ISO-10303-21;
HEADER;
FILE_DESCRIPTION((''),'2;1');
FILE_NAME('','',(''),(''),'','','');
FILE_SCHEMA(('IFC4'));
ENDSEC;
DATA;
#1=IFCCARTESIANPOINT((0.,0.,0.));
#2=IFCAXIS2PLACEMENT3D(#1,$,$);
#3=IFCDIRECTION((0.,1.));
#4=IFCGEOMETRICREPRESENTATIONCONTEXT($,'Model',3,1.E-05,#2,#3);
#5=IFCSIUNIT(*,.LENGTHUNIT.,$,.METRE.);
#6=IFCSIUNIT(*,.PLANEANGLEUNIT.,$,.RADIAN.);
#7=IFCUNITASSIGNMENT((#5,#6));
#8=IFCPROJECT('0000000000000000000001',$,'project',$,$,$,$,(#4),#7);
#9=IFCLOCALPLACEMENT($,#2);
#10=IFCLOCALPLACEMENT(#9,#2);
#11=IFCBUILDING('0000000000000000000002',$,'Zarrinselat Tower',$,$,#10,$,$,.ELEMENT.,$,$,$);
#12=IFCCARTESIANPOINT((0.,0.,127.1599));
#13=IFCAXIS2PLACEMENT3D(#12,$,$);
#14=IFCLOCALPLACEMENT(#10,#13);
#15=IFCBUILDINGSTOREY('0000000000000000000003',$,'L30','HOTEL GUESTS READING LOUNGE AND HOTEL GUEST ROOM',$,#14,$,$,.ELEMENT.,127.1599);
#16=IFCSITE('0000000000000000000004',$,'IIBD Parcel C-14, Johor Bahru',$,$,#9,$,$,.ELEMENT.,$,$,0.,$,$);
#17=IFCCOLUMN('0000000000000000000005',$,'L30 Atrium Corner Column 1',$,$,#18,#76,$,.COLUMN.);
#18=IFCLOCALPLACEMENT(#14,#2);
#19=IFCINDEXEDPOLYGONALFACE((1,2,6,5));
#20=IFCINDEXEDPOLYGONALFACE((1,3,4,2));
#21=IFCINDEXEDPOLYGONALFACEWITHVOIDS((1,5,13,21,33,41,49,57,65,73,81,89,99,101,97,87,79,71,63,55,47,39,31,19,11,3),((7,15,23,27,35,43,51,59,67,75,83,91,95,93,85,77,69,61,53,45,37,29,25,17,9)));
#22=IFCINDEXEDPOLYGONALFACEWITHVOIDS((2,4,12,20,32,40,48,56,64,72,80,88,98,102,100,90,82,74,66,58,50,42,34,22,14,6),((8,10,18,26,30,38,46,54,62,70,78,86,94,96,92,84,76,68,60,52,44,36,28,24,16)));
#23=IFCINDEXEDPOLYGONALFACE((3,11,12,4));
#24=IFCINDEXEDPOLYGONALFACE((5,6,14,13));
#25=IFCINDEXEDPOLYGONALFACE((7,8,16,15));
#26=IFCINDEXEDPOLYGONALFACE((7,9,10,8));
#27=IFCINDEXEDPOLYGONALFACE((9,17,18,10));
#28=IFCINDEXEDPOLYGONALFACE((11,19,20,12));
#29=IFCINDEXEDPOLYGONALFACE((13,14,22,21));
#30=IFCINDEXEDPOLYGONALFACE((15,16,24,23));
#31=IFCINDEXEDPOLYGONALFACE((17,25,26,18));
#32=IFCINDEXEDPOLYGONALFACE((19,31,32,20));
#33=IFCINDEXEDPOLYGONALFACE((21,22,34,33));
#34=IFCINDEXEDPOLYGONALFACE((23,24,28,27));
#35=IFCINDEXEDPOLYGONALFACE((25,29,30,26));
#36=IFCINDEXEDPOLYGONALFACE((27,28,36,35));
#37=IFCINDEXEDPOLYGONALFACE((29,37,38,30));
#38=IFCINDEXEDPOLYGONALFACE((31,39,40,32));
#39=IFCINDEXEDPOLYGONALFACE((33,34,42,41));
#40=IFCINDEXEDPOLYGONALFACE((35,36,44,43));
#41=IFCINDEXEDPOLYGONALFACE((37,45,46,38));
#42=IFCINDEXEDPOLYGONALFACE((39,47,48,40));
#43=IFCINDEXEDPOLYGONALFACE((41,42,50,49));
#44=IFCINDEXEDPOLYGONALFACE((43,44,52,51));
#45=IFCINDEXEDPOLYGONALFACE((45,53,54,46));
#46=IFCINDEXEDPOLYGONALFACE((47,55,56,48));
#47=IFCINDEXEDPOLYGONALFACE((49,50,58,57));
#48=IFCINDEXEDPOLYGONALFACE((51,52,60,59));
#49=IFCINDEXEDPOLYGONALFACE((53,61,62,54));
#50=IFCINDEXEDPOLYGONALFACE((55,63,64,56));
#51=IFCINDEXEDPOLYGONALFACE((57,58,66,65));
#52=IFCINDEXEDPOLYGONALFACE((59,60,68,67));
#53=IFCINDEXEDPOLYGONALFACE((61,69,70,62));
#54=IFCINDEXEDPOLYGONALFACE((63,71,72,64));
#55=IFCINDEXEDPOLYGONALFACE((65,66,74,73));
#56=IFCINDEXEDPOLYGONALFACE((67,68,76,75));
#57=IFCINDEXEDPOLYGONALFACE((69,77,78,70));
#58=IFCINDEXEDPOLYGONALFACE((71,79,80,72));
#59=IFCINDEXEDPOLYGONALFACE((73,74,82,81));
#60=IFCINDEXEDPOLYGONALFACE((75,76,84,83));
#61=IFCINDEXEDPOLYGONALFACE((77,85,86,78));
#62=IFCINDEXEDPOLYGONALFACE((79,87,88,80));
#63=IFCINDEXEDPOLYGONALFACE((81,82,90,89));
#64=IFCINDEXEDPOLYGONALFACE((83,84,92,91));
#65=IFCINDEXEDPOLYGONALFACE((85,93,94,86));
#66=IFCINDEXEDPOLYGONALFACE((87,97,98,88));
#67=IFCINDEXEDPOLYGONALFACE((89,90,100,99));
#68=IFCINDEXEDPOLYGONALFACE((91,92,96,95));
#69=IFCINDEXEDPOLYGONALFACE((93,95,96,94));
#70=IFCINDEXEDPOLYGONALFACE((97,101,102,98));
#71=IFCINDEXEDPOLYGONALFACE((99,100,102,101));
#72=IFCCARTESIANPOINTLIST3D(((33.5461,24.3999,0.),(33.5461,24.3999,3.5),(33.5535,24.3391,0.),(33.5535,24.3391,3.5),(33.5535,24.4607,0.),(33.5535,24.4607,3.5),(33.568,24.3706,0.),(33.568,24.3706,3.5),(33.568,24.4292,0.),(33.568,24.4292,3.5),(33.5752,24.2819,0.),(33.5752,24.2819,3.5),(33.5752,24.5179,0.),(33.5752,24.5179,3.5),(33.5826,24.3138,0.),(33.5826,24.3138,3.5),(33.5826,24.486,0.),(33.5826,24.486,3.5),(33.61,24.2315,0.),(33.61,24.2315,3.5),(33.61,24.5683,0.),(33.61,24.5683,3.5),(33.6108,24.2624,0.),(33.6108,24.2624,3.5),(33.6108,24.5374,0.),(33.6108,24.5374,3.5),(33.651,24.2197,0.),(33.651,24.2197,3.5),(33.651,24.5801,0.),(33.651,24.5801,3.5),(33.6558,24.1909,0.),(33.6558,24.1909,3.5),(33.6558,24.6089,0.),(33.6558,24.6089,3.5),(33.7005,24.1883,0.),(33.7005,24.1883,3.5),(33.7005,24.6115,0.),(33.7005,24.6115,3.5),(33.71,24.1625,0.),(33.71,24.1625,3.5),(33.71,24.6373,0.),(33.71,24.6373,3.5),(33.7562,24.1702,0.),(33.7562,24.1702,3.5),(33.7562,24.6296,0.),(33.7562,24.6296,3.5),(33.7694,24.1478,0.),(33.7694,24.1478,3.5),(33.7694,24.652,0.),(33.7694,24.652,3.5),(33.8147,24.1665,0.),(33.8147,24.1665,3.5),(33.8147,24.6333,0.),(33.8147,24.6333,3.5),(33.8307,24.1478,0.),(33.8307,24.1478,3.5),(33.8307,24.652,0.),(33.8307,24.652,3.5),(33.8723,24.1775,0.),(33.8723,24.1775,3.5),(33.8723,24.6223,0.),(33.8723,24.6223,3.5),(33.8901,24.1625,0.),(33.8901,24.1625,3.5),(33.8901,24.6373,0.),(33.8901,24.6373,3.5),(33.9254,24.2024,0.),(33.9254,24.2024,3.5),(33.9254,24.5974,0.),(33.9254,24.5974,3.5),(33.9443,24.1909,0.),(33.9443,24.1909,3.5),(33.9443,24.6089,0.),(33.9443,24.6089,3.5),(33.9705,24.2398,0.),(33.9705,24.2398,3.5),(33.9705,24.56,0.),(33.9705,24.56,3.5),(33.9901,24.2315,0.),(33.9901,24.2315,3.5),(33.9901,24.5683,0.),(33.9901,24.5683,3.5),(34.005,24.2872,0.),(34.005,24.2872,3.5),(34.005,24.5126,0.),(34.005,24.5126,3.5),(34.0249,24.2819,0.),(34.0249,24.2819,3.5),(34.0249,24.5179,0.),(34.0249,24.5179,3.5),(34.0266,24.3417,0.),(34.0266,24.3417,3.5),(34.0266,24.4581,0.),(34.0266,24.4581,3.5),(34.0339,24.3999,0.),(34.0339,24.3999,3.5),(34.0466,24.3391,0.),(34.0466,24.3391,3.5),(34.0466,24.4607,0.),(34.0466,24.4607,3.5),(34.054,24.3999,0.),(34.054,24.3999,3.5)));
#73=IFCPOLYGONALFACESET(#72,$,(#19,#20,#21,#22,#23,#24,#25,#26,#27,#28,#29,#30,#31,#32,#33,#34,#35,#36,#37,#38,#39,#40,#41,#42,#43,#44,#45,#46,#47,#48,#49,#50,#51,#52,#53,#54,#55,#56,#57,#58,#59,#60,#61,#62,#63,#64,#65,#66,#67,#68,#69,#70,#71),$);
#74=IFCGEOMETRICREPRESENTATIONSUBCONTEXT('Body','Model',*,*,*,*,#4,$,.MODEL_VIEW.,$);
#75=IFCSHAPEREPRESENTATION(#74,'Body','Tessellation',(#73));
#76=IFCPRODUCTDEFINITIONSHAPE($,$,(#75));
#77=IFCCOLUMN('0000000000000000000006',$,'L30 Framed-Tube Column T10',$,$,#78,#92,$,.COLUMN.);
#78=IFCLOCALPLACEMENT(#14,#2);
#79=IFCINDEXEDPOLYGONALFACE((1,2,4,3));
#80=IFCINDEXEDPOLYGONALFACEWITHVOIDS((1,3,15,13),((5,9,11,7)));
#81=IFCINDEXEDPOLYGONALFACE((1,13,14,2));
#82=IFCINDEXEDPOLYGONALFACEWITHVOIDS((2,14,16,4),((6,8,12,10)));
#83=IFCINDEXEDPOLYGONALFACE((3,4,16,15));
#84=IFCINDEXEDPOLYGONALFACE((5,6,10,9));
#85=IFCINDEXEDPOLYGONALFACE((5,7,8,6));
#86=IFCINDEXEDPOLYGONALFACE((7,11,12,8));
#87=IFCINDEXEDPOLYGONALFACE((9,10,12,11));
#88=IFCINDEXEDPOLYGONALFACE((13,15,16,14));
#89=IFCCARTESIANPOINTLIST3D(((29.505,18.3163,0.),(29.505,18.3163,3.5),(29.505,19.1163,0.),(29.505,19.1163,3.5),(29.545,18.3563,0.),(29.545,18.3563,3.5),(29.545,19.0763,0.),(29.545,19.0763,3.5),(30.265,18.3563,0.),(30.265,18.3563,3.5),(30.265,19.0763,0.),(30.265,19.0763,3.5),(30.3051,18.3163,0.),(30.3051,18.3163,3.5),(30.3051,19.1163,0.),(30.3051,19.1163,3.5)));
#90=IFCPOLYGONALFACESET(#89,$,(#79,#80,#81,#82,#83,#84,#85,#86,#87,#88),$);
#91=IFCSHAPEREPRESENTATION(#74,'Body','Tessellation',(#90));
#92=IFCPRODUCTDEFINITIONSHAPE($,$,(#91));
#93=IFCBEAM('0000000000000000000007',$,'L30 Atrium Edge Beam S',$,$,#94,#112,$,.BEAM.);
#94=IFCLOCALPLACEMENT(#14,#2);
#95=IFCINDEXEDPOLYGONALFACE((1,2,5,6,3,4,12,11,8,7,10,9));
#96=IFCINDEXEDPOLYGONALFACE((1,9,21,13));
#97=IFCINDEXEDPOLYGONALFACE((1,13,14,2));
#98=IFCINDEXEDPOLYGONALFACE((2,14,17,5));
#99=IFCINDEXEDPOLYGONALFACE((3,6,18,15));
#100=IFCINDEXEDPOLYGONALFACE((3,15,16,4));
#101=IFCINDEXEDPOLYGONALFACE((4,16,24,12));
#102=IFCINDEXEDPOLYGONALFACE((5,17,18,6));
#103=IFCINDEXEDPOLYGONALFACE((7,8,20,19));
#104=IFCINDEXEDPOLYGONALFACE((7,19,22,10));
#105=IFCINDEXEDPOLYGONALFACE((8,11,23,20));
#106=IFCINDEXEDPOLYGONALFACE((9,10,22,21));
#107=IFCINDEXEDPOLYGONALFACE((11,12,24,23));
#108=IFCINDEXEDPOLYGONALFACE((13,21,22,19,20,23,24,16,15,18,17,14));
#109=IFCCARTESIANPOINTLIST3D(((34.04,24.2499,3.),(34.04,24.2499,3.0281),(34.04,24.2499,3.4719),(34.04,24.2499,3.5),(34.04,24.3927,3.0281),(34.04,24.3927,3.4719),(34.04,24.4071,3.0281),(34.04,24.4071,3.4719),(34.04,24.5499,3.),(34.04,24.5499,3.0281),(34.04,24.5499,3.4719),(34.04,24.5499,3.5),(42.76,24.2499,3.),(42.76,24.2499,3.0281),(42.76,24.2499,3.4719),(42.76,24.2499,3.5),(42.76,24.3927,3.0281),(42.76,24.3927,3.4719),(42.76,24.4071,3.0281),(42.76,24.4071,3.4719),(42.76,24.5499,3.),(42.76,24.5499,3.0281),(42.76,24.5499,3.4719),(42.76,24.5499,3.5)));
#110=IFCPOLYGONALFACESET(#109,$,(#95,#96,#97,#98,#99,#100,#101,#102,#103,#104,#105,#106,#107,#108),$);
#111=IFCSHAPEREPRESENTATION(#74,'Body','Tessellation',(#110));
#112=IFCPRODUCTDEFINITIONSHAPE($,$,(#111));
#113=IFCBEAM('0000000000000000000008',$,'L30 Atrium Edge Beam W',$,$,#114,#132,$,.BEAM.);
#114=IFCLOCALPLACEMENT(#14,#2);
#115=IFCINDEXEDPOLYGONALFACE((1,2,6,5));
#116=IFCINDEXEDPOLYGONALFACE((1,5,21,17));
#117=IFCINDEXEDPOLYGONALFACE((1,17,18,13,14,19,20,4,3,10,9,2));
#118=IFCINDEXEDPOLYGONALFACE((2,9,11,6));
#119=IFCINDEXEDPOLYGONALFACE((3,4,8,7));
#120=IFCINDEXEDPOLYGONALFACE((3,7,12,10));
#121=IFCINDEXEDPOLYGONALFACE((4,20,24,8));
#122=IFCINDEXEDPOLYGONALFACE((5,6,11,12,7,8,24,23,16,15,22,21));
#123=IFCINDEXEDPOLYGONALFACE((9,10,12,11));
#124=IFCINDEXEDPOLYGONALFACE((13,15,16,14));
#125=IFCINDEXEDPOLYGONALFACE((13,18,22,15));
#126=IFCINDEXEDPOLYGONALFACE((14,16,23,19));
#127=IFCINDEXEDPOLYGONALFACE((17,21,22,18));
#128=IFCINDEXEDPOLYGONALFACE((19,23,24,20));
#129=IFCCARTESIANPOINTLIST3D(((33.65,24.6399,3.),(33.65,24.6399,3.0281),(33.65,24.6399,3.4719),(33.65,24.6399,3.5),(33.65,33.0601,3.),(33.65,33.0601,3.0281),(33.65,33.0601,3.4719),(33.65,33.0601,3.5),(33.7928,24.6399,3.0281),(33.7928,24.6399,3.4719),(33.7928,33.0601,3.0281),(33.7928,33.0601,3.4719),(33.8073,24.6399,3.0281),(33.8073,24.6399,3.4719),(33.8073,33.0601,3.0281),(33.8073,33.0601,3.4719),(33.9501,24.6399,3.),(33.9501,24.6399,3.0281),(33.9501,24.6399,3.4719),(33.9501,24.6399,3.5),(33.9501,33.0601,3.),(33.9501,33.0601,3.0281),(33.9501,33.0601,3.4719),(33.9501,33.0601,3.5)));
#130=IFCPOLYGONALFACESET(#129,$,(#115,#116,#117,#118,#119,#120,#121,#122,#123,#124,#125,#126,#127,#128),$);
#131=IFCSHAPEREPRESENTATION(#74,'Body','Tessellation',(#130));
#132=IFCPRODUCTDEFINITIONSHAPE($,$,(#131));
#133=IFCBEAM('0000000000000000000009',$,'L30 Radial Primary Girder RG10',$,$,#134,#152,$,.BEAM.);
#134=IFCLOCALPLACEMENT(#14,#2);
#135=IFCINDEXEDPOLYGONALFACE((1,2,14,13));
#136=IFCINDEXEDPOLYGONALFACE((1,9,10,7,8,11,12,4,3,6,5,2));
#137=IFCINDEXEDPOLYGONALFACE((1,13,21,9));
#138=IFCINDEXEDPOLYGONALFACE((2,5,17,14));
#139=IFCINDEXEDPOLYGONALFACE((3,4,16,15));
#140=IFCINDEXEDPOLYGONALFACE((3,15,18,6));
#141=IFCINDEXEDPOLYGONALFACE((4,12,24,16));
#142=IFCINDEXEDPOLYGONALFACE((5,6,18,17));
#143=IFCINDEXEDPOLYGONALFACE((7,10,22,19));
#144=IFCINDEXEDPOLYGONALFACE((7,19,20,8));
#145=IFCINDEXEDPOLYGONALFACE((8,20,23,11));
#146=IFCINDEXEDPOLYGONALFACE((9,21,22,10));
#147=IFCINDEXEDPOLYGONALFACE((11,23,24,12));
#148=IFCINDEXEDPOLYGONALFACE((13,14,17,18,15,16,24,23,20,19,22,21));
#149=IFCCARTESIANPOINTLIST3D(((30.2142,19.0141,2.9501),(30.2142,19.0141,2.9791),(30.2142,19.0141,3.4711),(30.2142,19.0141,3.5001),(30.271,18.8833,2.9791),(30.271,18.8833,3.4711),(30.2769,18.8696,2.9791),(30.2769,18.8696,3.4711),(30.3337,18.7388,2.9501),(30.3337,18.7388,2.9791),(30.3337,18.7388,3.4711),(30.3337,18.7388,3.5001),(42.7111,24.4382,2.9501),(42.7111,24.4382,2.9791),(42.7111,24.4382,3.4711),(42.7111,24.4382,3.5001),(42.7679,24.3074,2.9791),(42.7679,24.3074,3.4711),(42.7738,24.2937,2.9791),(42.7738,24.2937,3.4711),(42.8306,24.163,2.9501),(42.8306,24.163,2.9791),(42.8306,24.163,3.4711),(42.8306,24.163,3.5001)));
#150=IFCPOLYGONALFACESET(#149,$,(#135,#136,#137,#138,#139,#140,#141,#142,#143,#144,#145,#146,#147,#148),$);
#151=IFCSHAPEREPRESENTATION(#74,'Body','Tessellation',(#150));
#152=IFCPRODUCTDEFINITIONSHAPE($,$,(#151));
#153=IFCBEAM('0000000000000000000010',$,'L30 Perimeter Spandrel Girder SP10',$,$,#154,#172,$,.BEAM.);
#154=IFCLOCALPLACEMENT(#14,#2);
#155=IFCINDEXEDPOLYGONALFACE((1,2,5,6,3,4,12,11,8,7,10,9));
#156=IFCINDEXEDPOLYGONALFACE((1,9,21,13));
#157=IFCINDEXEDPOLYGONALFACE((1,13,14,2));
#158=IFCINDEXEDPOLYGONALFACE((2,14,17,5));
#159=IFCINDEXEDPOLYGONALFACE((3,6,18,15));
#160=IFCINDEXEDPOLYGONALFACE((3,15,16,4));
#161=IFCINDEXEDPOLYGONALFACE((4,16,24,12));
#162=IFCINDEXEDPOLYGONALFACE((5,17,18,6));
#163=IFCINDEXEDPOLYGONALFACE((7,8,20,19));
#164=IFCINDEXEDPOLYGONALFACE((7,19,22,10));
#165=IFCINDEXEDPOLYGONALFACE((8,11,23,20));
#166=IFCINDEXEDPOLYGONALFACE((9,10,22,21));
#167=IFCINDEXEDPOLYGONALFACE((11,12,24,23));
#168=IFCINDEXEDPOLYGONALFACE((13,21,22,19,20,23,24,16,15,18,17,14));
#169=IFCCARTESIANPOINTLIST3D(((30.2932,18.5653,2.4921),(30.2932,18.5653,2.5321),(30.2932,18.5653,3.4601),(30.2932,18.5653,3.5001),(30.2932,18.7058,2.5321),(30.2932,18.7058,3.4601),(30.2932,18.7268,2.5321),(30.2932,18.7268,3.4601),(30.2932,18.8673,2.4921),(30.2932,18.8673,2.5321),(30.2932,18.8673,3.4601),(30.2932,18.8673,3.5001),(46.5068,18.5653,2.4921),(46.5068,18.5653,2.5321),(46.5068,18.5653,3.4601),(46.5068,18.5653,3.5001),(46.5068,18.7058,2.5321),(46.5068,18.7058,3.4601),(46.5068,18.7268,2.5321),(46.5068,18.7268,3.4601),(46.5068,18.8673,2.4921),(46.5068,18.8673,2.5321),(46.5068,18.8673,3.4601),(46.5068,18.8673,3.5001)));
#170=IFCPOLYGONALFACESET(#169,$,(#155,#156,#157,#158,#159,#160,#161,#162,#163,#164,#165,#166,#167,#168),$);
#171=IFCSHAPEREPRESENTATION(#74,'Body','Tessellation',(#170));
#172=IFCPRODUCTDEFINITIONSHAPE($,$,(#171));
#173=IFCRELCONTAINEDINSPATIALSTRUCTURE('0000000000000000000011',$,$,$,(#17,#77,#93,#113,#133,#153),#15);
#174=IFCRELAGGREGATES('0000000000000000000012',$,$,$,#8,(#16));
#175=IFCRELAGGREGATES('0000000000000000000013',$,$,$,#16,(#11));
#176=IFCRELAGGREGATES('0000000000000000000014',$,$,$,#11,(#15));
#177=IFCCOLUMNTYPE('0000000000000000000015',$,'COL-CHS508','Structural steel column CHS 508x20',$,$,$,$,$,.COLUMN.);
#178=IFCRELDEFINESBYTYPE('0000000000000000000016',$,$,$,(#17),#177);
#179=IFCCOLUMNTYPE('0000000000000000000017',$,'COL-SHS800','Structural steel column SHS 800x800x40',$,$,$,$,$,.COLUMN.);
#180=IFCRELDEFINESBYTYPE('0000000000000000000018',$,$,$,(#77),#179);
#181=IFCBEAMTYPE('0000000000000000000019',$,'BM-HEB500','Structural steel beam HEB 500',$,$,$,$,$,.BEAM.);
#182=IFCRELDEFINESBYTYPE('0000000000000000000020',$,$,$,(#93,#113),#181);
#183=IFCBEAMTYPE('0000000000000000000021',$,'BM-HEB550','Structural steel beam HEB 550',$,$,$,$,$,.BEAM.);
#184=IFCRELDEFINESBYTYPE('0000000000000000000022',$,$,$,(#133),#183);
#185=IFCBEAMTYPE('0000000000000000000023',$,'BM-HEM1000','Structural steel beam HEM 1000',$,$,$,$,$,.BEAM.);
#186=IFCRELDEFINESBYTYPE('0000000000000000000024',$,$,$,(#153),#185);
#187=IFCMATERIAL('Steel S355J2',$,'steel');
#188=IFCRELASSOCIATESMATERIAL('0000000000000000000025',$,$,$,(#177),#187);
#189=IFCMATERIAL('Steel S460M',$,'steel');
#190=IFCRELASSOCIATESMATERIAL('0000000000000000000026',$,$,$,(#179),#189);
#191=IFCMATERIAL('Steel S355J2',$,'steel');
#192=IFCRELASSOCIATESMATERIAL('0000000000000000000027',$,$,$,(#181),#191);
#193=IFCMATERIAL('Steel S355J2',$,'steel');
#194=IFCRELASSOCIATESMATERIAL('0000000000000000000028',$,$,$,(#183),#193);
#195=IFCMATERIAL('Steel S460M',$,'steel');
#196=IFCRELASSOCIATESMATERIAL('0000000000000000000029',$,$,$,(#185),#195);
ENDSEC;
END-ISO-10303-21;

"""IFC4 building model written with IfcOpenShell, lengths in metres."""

from ifc_helpers import new_model, si_unit, direction, frame, origin, origin_2d, place, context, subcontext, project, spatial, hollow_rectangle, hollow_circle, i_section, extrude, material, material_profile, profile_set, type_object, element, save


model = new_model("IFC4")

# Units and contexts
model_context = context("Model", 3, precision=1e-05, world=origin(), true_north=direction((0.0, 1.0)))
body_context = subcontext(model_context, "Body", "Model", "MODEL_VIEW")
ifc_project = project(units=[si_unit("LENGTHUNIT", "METRE"), si_unit("PLANEANGLEUNIT", "RADIAN")], contexts=[model_context])

# Site, building, storey
site_placement = place(None, origin())
site = spatial("IfcSite", under=ifc_project, at=site_placement, Name="IIBD Parcel C-14, Johor Bahru", CompositionType="ELEMENT", RefElevation=0.0)
building_placement = place(site_placement, origin())
building = spatial("IfcBuilding", under=site, at=building_placement, Name="Zarrinselat Tower", CompositionType="ELEMENT")
storey_placement = place(building_placement, frame((0.0, 0.0, 127.1599)))
storey = spatial("IfcBuildingStorey", under=building, at=storey_placement, Name="L30", Description="HOTEL GUESTS READING LOUNGE AND HOTEL GUEST ROOM", CompositionType="ELEMENT", Elevation=127.1599)

# Columns
ifc_material_1 = material(Name="Steel S355J2", Category="steel")
ifc_material_profile_1 = material_profile(ifc_material_1, hollow_circle(Radius=0.2539, WallThickness=0.02, at=origin_2d()), Name="CHS 508x20")
ifc_profile_set_1 = profile_set([ifc_material_profile_1], Name="Steel S355J2")
column_type_1 = type_object("IfcColumnType", Name="COL-CHS508", Description="Structural steel column CHS 508x20", PredefinedType="COLUMN", material=ifc_profile_set_1)
column_1_placement = place(storey_placement, frame((33.8, 24.3999, 0.0), z_axis=(0.0, 0.0, 1.0), x_axis=(1.0, 0.0, 0.0)))
element("IfcColumn", 1, at=column_1_placement, inside=storey, type_object=column_type_1, Name="L30 Atrium Corner Column 1", PredefinedType="COLUMN", context=body_context, shape_type="SweptSolid", body=[
    extrude(hollow_circle(Radius=0.2539, WallThickness=0.02, at=origin_2d()), origin(), (0.0, 0.0, 1.0), 3.5),
])
ifc_material_2 = material(Name="Steel S460M", Category="steel")
ifc_material_profile_2 = material_profile(ifc_material_2, hollow_rectangle(XDim=0.8, YDim=0.8, WallThickness=0.04, at=origin_2d()), Name="SHS 800x800x40")
ifc_profile_set_2 = profile_set([ifc_material_profile_2], Name="Steel S460M")
column_type_2 = type_object("IfcColumnType", Name="COL-SHS800", Description="Structural steel column SHS 800x800x40", PredefinedType="COLUMN", material=ifc_profile_set_2)
column_2_placement = place(storey_placement, frame((29.905, 18.7163, 0.0), z_axis=(0.0, 0.0, 1.0), x_axis=(1.0, 0.0, 0.0)))
element("IfcColumn", 2, at=column_2_placement, inside=storey, type_object=column_type_2, Name="L30 Framed-Tube Column T10", PredefinedType="COLUMN", context=body_context, shape_type="SweptSolid", body=[
    extrude(hollow_rectangle(XDim=0.8, YDim=0.8, WallThickness=0.04, at=origin_2d()), origin(), (0.0, 0.0, 1.0), 3.5),
])

# Beams
ifc_material_3 = material(Name="Steel S355J2", Category="steel")
ifc_material_profile_3 = material_profile(ifc_material_3, i_section(OverallWidth=0.3, OverallDepth=0.5, WebThickness=0.0144, FlangeThickness=0.0281, at=origin_2d()), Name="HEB 500")
ifc_profile_set_3 = profile_set([ifc_material_profile_3], Name="Steel S355J2")
beam_type_1 = type_object("IfcBeamType", Name="BM-HEB500", Description="Structural steel beam HEB 500", PredefinedType="BEAM", material=ifc_profile_set_3)
beam_1_placement = place(storey_placement, frame((34.04, 24.3999, 3.25), z_axis=(1.0, 0.0, 0.0), x_axis=(0.0, 1.0, 0.0)))
element("IfcBeam", 3, at=beam_1_placement, inside=storey, type_object=beam_type_1, Name="L30 Atrium Edge Beam S", PredefinedType="BEAM", context=body_context, shape_type="SweptSolid", body=[
    extrude(i_section(OverallWidth=0.3, OverallDepth=0.5, WebThickness=0.0144, FlangeThickness=0.0281, at=origin_2d()), origin(), (0.0, 0.0, 1.0), 8.72),
])
beam_2_placement = place(storey_placement, frame((33.8, 24.6399, 3.25), z_axis=(0.0, 1.0, 0.0), x_axis=(-1.0, 0.0, 0.0)))
element("IfcBeam", 4, at=beam_2_placement, inside=storey, type_object=beam_type_1, Name="L30 Atrium Edge Beam W", PredefinedType="BEAM", context=body_context, shape_type="SweptSolid", body=[
    extrude(i_section(OverallWidth=0.3, OverallDepth=0.5, WebThickness=0.0144, FlangeThickness=0.0281, at=origin_2d()), origin(), (0.0, 0.0, 1.0), 8.4202),
])
ifc_material_4 = material(Name="Steel S355J2", Category="steel")
ifc_material_profile_4 = material_profile(ifc_material_4, i_section(OverallWidth=0.3, OverallDepth=0.55, WebThickness=0.0149, FlangeThickness=0.0291, at=origin_2d()), Name="HEB 550")
ifc_profile_set_4 = profile_set([ifc_material_profile_4], Name="Steel S355J2")
beam_type_2 = type_object("IfcBeamType", Name="BM-HEB550", Description="Structural steel beam HEB 550", PredefinedType="BEAM", material=ifc_profile_set_4)
beam_3_placement = place(storey_placement, frame((30.2739, 18.8765, 3.2251), z_axis=(0.91732, 0.39815, 0.0), x_axis=(-0.39815, 0.91732, 0.0)))
element("IfcBeam", 5, at=beam_3_placement, inside=storey, type_object=beam_type_2, Name="L30 Radial Primary Girder RG10", PredefinedType="BEAM", context=body_context, shape_type="SweptSolid", body=[
    extrude(i_section(OverallWidth=0.3, OverallDepth=0.55, WebThickness=0.0149, FlangeThickness=0.0291, at=origin_2d()), origin(), (0.0, 0.0, 1.0), 13.6233),
])
ifc_material_5 = material(Name="Steel S460M", Category="steel")
ifc_material_profile_5 = material_profile(ifc_material_5, i_section(OverallWidth=0.302, OverallDepth=1.0081, WebThickness=0.021, FlangeThickness=0.04, at=origin_2d()), Name="HEM 1000")
ifc_profile_set_5 = profile_set([ifc_material_profile_5], Name="Steel S460M")
beam_type_3 = type_object("IfcBeamType", Name="BM-HEM1000", Description="Structural steel beam HEM 1000", PredefinedType="BEAM", material=ifc_profile_set_5)
beam_4_placement = place(storey_placement, frame((30.2932, 18.7163, 2.9961), z_axis=(1.0, 0.0, 0.0), x_axis=(0.0, 1.0, 0.0)))
element("IfcBeam", 6, at=beam_4_placement, inside=storey, type_object=beam_type_3, Name="L30 Perimeter Spandrel Girder SP10", PredefinedType="BEAM", context=body_context, shape_type="SweptSolid", body=[
    extrude(i_section(OverallWidth=0.302, OverallDepth=1.0081, WebThickness=0.021, FlangeThickness=0.04, at=origin_2d()), origin(), (0.0, 0.0, 1.0), 16.2136),
])

save(model, "model.ifc")
